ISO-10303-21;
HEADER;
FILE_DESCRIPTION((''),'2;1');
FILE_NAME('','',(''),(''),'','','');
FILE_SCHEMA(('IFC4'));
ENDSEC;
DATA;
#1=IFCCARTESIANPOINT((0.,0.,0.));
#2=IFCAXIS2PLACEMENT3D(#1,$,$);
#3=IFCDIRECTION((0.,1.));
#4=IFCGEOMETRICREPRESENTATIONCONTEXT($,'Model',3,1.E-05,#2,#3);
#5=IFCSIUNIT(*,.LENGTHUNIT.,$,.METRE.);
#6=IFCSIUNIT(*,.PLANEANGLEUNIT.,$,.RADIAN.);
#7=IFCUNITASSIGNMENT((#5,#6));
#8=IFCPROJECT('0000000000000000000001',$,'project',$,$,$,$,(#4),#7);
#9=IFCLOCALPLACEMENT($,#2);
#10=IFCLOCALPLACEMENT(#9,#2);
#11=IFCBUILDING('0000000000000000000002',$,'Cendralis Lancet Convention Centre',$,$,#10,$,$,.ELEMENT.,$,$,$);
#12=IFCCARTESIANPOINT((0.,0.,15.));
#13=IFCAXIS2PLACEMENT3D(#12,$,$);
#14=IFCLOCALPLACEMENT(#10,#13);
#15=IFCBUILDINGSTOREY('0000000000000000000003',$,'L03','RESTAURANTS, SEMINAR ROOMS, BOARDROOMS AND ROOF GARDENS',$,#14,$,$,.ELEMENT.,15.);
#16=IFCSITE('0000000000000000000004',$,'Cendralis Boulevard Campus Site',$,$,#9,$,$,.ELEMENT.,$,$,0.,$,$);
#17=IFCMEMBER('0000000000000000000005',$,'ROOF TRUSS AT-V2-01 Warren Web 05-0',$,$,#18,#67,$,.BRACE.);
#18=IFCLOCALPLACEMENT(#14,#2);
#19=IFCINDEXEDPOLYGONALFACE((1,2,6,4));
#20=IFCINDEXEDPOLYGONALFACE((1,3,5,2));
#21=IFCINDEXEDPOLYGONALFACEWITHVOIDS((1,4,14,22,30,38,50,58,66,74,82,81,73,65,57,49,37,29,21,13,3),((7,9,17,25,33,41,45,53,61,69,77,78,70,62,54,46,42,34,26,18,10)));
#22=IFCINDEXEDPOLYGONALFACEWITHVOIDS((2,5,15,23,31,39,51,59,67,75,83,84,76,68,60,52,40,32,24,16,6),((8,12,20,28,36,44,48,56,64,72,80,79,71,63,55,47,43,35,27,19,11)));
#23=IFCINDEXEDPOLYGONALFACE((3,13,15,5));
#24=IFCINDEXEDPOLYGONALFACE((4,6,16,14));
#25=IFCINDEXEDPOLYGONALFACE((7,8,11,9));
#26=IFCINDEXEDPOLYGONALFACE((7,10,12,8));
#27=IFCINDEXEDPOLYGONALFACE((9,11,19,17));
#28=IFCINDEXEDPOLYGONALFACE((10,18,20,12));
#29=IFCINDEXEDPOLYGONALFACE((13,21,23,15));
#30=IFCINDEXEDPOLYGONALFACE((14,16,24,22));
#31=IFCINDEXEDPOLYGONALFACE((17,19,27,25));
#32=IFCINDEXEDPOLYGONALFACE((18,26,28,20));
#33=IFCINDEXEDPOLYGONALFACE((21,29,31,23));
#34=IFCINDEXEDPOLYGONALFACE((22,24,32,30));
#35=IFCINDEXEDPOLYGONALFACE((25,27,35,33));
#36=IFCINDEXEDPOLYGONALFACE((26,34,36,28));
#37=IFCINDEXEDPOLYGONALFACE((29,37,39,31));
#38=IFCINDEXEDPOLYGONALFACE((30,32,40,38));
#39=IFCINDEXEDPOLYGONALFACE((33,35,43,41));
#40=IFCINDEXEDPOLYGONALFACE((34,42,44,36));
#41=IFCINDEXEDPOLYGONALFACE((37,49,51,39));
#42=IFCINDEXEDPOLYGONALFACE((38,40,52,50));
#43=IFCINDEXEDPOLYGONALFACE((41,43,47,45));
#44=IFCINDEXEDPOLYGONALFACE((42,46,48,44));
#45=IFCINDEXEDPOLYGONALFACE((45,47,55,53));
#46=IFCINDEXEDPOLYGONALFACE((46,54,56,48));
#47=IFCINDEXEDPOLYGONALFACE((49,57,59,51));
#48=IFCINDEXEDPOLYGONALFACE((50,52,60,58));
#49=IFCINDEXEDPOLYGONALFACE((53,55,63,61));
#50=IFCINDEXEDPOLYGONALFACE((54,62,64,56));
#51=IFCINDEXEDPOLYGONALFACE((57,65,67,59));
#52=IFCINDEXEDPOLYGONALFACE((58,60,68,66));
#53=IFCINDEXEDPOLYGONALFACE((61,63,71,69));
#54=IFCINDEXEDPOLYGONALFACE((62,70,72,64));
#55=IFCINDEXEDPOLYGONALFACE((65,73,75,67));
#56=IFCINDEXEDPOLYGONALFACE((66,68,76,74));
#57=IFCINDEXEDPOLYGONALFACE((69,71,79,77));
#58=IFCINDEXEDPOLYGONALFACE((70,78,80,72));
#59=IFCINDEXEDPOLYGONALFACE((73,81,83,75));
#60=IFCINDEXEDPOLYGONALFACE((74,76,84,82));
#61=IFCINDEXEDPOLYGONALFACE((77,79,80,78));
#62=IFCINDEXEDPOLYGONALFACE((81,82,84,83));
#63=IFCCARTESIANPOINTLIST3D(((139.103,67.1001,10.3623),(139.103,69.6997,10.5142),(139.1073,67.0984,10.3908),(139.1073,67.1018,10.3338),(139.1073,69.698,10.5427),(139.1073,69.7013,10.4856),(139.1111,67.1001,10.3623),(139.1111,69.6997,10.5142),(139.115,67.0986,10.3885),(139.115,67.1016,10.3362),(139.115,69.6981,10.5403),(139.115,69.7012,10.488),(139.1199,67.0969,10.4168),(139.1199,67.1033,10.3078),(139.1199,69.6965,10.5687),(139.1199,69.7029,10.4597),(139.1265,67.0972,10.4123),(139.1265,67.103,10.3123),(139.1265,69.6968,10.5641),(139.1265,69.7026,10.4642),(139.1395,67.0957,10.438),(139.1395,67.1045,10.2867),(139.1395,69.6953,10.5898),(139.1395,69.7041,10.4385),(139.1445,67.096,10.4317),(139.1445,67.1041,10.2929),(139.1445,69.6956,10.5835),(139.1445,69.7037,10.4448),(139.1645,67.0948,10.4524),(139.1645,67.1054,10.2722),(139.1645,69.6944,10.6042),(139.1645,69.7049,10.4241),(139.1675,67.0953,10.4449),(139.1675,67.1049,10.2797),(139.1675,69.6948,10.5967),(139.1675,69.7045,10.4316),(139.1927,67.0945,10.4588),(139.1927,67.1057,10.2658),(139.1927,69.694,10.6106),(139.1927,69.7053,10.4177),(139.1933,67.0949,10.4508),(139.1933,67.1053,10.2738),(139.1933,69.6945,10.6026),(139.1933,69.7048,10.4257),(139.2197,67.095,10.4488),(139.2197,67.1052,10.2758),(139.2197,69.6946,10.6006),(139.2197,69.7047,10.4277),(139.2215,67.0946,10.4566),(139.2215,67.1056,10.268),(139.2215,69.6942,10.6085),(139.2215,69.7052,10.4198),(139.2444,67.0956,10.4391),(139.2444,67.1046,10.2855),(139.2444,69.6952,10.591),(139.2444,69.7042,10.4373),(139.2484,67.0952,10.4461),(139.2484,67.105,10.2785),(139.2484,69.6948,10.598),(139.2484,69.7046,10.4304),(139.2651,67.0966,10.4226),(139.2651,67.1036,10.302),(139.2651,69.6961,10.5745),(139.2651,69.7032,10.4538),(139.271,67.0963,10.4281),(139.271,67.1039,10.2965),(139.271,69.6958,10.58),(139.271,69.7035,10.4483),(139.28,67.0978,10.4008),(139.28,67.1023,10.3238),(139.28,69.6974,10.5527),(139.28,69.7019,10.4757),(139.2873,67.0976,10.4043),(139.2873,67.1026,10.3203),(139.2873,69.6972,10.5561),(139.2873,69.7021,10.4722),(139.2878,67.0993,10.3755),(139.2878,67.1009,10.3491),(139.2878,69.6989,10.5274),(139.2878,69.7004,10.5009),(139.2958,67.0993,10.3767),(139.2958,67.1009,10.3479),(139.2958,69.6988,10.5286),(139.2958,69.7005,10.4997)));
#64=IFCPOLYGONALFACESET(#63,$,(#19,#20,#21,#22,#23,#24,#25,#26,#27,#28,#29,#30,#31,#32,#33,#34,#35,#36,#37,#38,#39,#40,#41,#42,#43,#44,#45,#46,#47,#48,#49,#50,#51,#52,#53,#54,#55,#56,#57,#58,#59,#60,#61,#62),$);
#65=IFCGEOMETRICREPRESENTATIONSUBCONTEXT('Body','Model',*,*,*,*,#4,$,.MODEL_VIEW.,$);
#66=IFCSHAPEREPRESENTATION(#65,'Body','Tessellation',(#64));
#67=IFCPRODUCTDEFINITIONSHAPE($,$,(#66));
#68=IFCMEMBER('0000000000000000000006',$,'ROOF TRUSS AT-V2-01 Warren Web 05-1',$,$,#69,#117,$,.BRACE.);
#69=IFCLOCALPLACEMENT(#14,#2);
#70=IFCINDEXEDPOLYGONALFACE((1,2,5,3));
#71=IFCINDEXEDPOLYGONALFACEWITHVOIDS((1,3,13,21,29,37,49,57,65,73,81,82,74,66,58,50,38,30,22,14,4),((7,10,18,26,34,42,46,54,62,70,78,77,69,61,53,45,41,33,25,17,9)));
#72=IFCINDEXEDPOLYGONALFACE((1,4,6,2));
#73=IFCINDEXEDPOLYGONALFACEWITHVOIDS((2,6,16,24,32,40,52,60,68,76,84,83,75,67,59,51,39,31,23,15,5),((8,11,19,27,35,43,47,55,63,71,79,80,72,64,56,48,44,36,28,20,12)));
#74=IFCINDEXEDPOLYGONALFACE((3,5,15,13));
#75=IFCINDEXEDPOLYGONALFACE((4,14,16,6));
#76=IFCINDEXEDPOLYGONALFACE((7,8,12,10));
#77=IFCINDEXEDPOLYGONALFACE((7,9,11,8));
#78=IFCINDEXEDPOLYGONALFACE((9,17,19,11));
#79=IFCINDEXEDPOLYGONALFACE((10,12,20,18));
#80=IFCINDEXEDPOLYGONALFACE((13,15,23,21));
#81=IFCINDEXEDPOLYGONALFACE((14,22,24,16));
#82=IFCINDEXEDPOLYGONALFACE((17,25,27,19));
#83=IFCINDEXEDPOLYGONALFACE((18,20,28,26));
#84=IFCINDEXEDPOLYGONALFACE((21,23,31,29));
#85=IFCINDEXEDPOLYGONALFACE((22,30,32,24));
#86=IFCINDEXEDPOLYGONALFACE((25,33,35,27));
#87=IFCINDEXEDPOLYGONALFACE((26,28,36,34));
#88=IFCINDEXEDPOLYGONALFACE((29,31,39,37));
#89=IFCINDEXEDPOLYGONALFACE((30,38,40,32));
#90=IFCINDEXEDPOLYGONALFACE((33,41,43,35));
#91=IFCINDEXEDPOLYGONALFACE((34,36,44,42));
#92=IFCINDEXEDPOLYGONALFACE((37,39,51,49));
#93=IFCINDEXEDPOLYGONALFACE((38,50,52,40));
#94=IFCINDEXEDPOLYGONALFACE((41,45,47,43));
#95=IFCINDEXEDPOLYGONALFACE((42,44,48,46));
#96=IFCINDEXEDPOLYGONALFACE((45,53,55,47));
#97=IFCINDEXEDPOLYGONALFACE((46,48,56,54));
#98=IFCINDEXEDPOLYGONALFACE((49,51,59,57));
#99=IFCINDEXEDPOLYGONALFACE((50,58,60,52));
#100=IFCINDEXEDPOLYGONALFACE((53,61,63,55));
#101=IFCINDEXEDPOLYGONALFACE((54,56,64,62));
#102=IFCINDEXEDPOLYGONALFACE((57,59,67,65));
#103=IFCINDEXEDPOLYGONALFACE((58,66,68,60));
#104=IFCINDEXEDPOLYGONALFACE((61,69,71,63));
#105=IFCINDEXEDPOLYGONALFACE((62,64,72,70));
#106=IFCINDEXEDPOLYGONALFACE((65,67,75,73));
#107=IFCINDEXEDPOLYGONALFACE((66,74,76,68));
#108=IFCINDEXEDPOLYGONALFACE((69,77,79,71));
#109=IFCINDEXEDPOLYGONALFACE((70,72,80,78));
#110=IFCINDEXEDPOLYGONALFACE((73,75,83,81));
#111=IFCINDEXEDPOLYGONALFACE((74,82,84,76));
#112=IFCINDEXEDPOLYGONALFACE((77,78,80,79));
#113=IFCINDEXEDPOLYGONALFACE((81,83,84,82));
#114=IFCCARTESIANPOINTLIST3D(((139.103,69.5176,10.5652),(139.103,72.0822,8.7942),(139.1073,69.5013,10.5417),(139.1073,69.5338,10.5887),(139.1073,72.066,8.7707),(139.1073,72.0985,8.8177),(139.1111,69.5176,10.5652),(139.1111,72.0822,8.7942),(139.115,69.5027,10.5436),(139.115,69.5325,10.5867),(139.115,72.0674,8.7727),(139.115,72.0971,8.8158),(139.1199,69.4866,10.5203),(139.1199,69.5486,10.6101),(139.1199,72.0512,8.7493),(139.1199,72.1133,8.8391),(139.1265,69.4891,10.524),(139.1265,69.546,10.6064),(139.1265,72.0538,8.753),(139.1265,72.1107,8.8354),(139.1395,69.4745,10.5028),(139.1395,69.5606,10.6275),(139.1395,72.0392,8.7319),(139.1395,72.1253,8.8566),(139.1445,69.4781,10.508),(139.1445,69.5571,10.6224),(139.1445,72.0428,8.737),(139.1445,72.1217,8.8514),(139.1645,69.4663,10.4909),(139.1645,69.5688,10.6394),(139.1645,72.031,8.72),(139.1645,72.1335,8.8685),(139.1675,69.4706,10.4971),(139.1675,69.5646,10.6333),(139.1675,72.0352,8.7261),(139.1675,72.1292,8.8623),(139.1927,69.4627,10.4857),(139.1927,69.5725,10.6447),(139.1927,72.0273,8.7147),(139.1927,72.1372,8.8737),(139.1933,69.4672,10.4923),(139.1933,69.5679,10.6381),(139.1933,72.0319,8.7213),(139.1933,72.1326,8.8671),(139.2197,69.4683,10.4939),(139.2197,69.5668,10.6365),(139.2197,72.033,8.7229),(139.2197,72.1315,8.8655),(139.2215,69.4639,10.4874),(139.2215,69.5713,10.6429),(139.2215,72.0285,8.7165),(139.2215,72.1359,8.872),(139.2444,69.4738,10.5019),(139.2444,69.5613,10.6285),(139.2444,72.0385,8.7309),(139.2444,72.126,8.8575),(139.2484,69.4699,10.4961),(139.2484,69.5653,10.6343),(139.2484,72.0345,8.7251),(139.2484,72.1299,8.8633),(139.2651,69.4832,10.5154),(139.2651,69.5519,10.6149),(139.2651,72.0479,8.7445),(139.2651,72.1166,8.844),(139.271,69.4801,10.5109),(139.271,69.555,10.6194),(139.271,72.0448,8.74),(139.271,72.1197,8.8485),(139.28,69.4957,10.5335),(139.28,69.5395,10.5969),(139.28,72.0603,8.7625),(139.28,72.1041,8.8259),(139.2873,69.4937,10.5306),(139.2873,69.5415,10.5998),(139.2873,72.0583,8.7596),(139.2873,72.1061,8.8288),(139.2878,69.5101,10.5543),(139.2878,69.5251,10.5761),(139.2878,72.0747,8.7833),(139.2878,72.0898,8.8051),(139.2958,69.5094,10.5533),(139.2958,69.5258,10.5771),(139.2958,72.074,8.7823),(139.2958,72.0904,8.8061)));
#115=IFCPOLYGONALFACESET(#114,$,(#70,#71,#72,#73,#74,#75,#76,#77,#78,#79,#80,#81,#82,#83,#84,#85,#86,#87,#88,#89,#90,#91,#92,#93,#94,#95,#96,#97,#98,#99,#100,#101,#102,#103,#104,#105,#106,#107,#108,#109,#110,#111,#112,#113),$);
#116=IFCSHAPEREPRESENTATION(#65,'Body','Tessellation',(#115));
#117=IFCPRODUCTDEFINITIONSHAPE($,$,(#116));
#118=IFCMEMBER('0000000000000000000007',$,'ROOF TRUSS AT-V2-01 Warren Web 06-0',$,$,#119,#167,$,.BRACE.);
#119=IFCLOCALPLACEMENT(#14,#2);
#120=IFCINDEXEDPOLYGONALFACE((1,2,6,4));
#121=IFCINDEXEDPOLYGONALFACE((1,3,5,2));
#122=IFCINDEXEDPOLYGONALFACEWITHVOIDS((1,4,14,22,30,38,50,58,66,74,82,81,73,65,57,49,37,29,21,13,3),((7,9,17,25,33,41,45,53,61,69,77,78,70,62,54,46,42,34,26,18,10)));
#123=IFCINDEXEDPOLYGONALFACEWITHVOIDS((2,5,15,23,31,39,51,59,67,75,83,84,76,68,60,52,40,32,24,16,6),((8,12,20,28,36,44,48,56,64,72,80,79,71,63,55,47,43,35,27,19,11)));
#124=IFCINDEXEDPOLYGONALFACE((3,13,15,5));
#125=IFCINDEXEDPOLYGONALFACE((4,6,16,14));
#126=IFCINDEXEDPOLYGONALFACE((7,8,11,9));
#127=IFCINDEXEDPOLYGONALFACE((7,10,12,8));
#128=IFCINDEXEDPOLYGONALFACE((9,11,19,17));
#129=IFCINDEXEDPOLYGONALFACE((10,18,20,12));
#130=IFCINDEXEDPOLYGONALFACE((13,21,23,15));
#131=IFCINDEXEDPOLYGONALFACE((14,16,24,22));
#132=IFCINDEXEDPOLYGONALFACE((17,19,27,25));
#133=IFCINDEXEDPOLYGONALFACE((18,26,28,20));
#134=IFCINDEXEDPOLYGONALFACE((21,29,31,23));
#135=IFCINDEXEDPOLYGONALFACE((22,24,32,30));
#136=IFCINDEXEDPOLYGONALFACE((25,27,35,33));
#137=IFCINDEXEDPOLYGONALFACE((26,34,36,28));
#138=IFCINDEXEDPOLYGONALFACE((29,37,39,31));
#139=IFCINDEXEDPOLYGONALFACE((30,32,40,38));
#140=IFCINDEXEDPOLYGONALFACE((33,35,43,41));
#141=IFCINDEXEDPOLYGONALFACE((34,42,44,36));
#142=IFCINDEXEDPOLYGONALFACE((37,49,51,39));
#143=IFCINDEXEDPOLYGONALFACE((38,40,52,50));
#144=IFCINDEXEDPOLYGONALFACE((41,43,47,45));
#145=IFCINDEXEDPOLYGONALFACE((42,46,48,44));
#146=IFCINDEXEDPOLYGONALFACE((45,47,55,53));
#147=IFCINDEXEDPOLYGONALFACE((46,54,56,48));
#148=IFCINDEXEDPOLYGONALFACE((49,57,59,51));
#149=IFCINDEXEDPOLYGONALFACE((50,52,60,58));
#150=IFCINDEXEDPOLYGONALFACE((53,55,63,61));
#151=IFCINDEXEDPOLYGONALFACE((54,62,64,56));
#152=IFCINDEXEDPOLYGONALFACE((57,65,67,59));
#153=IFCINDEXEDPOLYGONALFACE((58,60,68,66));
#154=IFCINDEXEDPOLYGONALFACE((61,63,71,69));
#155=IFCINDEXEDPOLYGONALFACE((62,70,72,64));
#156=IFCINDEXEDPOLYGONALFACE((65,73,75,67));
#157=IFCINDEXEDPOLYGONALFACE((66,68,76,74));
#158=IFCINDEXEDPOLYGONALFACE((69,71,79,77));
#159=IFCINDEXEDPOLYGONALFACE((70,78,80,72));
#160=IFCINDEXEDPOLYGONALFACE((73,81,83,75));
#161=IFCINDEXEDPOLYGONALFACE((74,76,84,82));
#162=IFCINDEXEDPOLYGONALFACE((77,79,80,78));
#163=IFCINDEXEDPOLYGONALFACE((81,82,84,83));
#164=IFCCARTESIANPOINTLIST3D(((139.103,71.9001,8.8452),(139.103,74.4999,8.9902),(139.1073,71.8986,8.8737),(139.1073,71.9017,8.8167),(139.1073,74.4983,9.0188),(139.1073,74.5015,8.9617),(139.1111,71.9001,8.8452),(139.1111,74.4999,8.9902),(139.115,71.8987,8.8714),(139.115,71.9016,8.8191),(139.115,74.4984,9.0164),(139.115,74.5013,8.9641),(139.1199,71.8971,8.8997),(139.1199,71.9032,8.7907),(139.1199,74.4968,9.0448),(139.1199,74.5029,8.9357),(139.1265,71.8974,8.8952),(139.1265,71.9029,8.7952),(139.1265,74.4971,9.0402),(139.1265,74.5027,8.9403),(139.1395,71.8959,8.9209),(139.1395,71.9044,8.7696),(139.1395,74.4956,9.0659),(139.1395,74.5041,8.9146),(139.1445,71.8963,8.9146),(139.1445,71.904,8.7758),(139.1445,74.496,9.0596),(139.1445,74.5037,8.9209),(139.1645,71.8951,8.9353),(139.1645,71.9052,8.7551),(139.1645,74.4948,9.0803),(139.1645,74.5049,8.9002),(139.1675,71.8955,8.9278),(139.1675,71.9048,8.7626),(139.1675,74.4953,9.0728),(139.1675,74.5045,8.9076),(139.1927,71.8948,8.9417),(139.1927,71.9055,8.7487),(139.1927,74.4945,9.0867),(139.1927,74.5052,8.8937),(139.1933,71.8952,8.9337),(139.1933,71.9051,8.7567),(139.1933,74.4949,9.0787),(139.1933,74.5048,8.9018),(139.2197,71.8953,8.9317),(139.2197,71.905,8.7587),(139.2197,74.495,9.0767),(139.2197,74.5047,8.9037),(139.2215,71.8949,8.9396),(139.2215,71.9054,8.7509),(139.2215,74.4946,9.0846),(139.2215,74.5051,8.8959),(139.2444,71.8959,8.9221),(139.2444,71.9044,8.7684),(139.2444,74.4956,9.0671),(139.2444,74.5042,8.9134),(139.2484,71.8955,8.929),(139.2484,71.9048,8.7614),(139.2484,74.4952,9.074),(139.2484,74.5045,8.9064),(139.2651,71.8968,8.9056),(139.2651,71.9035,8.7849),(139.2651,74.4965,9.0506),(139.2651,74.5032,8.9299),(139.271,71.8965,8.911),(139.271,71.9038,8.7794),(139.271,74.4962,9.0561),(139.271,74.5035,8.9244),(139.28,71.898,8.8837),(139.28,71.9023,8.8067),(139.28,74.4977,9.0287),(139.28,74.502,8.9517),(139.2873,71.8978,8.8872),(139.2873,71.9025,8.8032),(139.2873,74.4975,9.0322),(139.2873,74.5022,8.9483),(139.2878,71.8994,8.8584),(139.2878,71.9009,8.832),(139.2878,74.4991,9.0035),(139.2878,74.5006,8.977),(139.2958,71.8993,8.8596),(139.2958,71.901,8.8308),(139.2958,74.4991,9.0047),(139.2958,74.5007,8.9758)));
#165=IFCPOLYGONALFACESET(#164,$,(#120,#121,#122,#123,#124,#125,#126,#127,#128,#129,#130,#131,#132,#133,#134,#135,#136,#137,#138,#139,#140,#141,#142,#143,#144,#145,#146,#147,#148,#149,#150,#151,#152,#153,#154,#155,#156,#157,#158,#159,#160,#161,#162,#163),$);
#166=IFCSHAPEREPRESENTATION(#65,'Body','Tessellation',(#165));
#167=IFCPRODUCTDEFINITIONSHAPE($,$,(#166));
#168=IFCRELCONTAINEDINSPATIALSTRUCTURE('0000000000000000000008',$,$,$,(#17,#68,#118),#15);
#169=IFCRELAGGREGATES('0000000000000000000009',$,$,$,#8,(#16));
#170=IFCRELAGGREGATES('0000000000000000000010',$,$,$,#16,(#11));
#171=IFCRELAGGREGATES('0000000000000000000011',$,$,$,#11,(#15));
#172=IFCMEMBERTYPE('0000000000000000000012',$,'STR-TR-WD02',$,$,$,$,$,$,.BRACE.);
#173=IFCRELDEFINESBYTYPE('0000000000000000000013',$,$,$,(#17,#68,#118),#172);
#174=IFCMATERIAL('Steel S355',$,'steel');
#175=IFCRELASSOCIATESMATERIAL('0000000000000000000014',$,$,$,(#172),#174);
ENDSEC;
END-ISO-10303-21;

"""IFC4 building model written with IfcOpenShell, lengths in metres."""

from ifc_helpers import new_model, si_unit, direction, frame, origin, origin_2d, place, context, subcontext, project, spatial, hollow_circle, extrude, material, material_profile, profile_set, type_object, element, save


model = new_model("IFC4")

# Units and contexts
model_context = context("Model", 3, precision=1e-05, world=origin(), true_north=direction((0.0, 1.0)))
body_context = subcontext(model_context, "Body", "Model", "MODEL_VIEW")
ifc_project = project(units=[si_unit("LENGTHUNIT", "METRE"), si_unit("PLANEANGLEUNIT", "RADIAN")], contexts=[model_context])

# Site, building, storey
site_placement = place(None, origin())
site = spatial("IfcSite", under=ifc_project, at=site_placement, Name="Cendralis Boulevard Campus Site", CompositionType="ELEMENT", RefElevation=0.0)
building_placement = place(site_placement, origin())
building = spatial("IfcBuilding", under=site, at=building_placement, Name="Cendralis Lancet Convention Centre", CompositionType="ELEMENT")
storey_placement = place(building_placement, frame((0.0, 0.0, 15.0)))
storey = spatial("IfcBuildingStorey", under=building, at=storey_placement, Name="L03", Description="RESTAURANTS, SEMINAR ROOMS, BOARDROOMS AND ROOF GARDENS", CompositionType="ELEMENT", Elevation=15.0)

# Members
ifc_material_1 = material(Name="Steel S355", Category="steel")
ifc_material_profile_1 = material_profile(ifc_material_1, hollow_circle(Radius=0.0969, WallThickness=0.0081, at=origin_2d()), Name="CHS 193.7x8.0")
ifc_profile_set_1 = profile_set([ifc_material_profile_1], Name="Steel S355")
member_type_1 = type_object("IfcMemberType", Name="STR-TR-WD02", PredefinedType="BRACE", material=ifc_profile_set_1)
member_1_placement = place(storey_placement, frame((139.2, 67.1001, 10.3623), z_axis=(0.0, 0.998298, 0.058315), x_axis=(-1.0, 0.0, 0.0)))
element("IfcMember", 1, at=member_1_placement, inside=storey, type_object=member_type_1, Name="ROOF TRUSS AT-V2-01 Warren Web 05-0", PredefinedType="BRACE", context=body_context, shape_type="SweptSolid", body=[
    extrude(hollow_circle(Radius=0.0969, WallThickness=0.0081, at=origin_2d()), origin(), (0.0, 0.0, 1.0), 2.604),
])
member_2_placement = place(storey_placement, frame((139.2, 69.5176, 10.5652), z_axis=(0.0, 0.822877, -0.56822), x_axis=(-1.0, 0.0, 0.0)))
element("IfcMember", 2, at=member_2_placement, inside=storey, type_object=member_type_1, Name="ROOF TRUSS AT-V2-01 Warren Web 05-1", PredefinedType="BRACE", context=body_context, shape_type="SweptSolid", body=[
    extrude(hollow_circle(Radius=0.0969, WallThickness=0.0081, at=origin_2d()), origin(), (0.0, 0.0, 1.0), 3.1167),
])
member_3_placement = place(storey_placement, frame((139.2, 71.9001, 8.8452), z_axis=(0.0, 0.998448, 0.055699), x_axis=(-1.0, 0.0, 0.0)))
element("IfcMember", 3, at=member_3_placement, inside=storey, type_object=member_type_1, Name="ROOF TRUSS AT-V2-01 Warren Web 06-0", PredefinedType="BRACE", context=body_context, shape_type="SweptSolid", body=[
    extrude(hollow_circle(Radius=0.0969, WallThickness=0.0081, at=origin_2d()), origin(), (0.0, 0.0, 1.0), 2.6038),
])

save(model, "model.ifc")
